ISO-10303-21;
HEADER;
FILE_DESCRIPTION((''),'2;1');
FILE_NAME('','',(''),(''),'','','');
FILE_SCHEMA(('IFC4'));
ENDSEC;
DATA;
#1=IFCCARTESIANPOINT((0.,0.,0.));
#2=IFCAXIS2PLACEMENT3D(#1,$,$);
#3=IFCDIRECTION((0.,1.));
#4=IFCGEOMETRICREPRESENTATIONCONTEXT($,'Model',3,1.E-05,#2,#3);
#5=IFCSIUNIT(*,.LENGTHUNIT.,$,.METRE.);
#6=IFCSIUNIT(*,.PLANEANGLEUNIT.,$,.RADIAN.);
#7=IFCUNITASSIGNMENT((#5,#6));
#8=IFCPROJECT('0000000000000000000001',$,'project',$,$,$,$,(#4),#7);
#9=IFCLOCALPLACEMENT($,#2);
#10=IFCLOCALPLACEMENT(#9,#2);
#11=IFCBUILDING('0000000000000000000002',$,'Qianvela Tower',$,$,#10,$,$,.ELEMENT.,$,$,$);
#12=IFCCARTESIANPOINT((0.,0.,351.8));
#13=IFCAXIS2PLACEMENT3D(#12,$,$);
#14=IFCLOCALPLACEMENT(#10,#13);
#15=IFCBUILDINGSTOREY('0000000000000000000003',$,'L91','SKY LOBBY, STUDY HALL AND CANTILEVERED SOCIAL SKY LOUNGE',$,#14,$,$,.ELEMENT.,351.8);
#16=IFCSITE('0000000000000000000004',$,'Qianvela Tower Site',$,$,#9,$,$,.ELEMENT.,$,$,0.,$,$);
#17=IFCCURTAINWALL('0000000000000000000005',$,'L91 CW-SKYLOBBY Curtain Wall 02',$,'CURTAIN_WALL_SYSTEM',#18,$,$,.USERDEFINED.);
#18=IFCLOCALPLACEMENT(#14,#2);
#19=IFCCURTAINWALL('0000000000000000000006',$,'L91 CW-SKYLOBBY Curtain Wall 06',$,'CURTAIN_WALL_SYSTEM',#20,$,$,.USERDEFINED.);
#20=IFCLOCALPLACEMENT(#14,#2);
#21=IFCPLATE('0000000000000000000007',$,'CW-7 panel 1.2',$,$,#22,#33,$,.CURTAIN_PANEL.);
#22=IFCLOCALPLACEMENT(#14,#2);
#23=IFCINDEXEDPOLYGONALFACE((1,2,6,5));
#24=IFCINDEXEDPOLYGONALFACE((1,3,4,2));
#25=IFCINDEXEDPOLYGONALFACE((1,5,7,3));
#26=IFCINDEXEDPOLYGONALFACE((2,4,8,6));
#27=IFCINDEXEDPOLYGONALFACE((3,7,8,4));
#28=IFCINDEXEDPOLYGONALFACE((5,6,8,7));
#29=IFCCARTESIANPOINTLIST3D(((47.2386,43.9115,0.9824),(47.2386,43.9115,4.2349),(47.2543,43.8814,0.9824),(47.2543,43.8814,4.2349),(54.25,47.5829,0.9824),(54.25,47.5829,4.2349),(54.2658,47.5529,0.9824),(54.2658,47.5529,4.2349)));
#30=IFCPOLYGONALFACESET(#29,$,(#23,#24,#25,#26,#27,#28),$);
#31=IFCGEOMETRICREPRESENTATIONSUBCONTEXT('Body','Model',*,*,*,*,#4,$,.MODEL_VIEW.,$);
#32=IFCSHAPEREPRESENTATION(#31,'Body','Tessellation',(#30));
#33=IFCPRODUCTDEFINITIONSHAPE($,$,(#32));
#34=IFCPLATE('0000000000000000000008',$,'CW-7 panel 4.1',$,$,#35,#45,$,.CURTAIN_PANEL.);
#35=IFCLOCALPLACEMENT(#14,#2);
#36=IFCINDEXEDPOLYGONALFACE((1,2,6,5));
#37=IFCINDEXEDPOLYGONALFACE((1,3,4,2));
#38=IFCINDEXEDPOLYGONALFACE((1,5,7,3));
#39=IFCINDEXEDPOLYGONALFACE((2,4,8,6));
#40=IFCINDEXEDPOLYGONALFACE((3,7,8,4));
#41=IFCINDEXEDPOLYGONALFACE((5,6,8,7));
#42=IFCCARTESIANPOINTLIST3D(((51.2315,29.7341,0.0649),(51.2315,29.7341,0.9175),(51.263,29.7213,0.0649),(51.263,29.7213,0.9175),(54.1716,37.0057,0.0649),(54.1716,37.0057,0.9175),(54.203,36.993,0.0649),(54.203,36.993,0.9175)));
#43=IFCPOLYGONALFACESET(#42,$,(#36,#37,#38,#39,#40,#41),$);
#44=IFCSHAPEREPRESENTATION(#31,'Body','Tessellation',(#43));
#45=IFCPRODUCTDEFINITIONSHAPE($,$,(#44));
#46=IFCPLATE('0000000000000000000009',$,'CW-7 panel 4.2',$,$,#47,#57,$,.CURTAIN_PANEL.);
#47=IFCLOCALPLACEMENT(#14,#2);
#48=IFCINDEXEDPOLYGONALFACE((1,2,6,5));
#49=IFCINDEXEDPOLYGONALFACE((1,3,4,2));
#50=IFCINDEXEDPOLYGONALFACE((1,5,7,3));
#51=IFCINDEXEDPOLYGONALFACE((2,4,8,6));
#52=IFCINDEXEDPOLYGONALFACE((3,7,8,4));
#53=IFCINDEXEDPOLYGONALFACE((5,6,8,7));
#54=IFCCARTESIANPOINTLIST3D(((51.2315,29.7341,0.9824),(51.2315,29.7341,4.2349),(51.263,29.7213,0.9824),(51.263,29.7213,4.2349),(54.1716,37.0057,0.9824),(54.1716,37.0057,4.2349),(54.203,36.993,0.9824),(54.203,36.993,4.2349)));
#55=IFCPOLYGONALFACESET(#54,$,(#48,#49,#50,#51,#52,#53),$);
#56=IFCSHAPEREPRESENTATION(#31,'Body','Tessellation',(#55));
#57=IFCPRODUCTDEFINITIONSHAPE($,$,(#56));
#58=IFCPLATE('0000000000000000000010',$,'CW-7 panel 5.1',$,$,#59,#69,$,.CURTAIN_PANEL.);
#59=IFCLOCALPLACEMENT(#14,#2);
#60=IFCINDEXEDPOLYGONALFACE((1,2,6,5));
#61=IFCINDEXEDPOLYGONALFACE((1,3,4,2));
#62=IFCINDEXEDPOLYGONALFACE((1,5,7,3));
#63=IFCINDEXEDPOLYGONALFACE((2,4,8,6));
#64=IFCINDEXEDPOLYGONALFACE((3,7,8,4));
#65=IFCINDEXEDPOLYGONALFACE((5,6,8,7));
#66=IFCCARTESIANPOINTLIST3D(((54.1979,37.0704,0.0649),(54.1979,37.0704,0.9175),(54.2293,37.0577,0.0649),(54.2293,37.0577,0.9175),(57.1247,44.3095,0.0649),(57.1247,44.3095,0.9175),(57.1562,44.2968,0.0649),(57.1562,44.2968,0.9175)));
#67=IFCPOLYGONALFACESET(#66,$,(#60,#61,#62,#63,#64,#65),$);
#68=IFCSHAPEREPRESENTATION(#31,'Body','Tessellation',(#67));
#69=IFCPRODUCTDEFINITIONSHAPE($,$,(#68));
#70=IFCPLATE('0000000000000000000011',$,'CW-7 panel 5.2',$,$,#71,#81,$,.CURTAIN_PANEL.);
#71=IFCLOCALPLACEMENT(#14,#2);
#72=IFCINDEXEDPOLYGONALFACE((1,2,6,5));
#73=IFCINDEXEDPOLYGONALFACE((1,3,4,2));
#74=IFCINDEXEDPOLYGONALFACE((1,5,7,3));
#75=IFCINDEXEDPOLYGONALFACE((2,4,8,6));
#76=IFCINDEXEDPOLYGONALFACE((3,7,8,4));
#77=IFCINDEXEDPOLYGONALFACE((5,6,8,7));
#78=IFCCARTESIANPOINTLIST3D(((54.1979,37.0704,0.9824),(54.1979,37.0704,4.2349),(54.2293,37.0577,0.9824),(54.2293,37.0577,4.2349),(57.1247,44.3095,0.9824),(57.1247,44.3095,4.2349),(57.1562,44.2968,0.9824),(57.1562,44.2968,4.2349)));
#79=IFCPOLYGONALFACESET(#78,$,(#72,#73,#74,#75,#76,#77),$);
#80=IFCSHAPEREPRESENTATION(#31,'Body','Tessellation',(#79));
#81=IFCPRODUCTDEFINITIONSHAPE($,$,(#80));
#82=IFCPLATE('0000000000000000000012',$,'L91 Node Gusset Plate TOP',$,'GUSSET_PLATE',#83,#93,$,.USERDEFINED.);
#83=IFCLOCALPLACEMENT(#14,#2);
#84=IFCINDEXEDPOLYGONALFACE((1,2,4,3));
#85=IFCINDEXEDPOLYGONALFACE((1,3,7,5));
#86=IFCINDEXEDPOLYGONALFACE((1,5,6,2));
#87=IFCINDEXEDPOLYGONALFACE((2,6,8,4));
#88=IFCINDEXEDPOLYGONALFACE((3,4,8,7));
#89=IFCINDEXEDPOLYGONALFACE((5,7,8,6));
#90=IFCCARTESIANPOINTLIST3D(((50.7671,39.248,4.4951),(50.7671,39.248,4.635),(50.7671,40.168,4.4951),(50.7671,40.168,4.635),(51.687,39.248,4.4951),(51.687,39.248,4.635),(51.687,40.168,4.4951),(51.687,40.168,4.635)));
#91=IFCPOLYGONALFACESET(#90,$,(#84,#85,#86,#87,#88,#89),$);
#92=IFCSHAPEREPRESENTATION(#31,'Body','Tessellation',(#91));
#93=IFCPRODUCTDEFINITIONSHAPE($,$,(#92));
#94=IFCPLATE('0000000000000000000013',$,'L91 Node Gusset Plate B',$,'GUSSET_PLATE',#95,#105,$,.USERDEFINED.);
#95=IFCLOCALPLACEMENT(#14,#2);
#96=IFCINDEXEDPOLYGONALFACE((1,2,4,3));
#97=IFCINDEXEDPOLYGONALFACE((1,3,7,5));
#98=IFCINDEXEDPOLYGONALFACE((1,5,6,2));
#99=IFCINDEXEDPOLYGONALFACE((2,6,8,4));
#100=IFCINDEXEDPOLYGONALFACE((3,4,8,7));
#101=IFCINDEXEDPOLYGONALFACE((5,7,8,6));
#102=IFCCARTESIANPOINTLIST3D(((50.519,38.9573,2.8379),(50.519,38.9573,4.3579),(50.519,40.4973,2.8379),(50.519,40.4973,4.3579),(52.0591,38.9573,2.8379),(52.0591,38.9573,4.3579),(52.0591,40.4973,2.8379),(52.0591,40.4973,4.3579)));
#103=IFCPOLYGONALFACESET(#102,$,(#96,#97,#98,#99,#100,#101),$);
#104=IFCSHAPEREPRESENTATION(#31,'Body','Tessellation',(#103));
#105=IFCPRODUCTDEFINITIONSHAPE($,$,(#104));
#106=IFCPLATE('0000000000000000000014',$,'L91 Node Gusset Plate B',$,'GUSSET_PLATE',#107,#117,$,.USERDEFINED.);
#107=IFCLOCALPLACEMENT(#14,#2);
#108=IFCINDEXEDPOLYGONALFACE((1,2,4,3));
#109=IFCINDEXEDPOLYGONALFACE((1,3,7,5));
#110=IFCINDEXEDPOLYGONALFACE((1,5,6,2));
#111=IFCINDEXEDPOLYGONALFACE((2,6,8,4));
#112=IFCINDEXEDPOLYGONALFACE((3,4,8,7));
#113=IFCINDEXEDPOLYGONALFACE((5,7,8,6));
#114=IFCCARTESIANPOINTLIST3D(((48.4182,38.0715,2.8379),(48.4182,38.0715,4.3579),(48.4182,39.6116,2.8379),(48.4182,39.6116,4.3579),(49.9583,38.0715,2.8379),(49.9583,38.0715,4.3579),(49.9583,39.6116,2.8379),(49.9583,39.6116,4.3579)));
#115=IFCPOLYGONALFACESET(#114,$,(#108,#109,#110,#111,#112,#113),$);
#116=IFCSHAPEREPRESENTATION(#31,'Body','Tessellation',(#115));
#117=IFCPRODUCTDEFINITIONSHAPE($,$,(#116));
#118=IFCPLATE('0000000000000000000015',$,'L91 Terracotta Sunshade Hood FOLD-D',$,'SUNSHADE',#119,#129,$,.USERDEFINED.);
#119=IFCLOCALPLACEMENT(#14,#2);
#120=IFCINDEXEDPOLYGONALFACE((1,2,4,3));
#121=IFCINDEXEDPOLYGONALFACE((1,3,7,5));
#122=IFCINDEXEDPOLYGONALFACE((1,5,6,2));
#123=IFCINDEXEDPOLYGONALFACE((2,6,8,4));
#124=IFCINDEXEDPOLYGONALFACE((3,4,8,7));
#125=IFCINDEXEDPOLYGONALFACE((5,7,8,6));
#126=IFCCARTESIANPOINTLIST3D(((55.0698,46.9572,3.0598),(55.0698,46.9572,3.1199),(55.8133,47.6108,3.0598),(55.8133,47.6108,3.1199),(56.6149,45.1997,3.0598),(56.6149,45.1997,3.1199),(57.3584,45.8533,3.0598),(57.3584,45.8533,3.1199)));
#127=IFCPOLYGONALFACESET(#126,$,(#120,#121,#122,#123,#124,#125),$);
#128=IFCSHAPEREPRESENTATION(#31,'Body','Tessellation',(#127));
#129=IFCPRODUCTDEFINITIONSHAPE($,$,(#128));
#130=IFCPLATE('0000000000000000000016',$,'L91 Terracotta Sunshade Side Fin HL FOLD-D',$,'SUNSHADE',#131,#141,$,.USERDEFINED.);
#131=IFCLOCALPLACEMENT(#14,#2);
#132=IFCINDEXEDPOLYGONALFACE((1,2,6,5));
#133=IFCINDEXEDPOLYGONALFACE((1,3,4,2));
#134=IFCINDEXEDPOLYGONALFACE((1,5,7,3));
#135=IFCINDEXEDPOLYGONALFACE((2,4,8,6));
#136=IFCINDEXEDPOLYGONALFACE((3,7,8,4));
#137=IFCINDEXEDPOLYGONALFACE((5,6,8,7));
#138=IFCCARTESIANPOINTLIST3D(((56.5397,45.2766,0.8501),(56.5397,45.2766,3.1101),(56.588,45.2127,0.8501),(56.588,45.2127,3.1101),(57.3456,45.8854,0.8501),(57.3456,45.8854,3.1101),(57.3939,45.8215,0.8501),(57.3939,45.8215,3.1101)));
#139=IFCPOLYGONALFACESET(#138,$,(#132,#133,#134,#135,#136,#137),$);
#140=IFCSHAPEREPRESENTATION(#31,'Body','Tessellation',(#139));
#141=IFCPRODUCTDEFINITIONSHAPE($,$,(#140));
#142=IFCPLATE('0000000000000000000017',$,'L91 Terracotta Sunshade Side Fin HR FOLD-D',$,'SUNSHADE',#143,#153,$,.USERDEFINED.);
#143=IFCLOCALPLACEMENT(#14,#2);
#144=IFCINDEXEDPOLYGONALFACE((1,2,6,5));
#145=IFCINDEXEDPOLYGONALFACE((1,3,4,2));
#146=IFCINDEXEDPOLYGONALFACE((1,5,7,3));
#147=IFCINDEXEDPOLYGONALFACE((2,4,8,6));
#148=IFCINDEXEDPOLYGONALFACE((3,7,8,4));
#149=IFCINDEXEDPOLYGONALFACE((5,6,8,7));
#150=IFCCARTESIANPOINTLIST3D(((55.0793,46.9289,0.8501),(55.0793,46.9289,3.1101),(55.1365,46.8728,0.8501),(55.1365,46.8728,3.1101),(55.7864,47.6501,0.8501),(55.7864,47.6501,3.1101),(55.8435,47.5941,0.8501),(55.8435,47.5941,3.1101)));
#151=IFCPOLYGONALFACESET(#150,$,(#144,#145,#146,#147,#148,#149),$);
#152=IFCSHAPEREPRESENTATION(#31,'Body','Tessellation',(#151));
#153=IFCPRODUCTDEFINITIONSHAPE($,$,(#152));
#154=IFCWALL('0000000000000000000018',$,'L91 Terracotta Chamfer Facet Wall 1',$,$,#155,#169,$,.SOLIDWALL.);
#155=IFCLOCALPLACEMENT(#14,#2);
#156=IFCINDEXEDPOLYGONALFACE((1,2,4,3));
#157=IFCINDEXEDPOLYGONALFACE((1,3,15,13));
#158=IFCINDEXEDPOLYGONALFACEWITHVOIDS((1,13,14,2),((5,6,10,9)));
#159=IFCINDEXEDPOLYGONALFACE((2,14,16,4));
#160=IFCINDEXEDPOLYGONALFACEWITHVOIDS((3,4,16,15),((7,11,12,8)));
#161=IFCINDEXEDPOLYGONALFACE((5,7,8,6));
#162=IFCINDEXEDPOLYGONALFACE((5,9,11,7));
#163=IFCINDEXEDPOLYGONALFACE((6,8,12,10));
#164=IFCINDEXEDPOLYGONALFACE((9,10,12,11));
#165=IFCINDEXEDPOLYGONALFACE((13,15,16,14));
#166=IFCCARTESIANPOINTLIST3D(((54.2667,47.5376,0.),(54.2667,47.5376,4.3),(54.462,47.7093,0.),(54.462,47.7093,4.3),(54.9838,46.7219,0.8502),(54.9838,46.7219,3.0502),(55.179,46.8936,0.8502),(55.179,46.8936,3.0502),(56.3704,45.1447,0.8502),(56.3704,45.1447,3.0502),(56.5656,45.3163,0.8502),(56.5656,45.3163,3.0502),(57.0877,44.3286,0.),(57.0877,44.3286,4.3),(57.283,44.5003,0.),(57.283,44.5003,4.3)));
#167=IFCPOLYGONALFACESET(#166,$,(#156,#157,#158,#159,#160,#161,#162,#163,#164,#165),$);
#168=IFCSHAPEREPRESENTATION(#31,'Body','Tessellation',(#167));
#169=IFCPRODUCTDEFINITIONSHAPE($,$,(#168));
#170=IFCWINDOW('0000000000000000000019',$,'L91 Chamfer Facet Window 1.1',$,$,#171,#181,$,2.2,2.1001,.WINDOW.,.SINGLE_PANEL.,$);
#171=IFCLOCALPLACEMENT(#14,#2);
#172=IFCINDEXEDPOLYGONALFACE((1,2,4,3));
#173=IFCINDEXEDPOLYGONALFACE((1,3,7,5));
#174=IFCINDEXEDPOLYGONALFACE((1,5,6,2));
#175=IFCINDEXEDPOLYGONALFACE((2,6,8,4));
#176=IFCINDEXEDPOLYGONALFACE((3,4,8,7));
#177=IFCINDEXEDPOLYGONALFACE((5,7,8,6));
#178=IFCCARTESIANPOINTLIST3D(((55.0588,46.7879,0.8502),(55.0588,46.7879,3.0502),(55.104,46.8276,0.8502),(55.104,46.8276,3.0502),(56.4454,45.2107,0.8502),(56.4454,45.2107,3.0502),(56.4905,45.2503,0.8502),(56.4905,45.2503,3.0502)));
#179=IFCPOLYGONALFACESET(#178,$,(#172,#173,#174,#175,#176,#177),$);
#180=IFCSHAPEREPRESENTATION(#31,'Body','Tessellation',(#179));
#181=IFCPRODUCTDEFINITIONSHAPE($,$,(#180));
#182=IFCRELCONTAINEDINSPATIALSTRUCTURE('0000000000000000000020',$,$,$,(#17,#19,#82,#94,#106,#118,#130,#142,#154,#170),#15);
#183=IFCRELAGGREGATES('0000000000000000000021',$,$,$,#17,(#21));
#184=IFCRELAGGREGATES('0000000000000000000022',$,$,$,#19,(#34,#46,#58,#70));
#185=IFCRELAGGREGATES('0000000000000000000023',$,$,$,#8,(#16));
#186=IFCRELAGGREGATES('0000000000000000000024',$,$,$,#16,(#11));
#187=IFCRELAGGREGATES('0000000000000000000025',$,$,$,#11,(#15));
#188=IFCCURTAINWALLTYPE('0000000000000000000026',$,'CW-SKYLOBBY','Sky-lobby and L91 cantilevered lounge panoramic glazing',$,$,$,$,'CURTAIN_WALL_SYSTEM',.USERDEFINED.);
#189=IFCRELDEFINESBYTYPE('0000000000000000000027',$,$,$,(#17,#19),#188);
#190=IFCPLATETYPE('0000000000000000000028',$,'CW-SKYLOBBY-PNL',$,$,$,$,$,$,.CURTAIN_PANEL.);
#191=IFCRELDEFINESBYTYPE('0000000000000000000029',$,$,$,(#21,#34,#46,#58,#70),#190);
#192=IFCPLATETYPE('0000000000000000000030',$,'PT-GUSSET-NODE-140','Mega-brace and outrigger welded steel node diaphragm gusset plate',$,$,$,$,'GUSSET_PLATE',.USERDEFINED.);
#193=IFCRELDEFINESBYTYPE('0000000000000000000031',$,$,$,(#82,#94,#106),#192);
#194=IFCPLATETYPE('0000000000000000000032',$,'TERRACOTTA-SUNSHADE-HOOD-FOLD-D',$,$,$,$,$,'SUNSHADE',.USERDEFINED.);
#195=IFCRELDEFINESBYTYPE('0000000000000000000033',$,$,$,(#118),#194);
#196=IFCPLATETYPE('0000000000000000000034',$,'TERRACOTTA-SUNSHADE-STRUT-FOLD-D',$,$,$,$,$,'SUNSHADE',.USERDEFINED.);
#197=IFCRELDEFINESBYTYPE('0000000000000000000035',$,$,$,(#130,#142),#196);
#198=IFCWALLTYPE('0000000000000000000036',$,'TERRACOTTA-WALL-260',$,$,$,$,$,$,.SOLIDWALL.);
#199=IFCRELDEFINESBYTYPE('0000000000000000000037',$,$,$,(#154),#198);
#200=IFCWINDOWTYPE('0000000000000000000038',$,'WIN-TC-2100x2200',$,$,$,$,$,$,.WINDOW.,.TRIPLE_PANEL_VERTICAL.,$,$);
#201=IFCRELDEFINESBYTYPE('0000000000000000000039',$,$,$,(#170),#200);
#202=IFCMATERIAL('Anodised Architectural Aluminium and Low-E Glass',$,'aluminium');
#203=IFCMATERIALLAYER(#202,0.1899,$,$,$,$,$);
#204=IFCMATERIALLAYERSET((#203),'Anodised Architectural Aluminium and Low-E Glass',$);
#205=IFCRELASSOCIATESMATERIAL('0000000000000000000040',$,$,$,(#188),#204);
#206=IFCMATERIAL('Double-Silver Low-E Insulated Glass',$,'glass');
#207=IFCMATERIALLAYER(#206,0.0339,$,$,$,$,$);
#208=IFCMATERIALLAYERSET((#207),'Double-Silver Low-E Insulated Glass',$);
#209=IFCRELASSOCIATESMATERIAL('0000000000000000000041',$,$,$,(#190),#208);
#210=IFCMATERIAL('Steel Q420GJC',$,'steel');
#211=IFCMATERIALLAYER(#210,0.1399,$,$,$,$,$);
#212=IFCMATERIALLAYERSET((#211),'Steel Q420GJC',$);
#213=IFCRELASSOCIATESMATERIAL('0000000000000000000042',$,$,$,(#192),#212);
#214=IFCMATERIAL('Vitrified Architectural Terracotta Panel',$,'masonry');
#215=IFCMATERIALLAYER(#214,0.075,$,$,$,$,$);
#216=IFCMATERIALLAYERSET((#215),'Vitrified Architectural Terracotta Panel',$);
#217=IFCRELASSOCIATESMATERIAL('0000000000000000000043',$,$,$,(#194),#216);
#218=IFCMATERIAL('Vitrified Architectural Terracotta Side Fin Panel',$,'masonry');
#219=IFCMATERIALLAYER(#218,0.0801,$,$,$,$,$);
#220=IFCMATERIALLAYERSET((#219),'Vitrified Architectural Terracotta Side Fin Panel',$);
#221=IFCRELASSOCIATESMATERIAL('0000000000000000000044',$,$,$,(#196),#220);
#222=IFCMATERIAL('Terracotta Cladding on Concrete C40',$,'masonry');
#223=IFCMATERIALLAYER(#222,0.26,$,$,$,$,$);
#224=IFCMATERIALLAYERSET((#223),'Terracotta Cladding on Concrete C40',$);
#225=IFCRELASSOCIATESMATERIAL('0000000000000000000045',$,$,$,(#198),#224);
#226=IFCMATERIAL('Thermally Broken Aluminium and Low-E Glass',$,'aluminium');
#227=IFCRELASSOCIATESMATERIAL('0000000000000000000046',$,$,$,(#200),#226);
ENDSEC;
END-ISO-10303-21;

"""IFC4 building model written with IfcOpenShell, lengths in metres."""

from ifc_helpers import new_model, si_unit, direction, frame, frame_2d, origin, origin_2d, place, context, subcontext, project, spatial, rectangle, extrude, material, layer, layer_set, type_object, element, fill, aggregate, save


model = new_model("IFC4")

# Units and contexts
model_context = context("Model", 3, precision=1e-05, world=origin(), true_north=direction((0.0, 1.0)))
body_context = subcontext(model_context, "Body", "Model", "MODEL_VIEW")
ifc_project = project(units=[si_unit("LENGTHUNIT", "METRE"), si_unit("PLANEANGLEUNIT", "RADIAN")], contexts=[model_context])

# Site, building, storey
site_placement = place(None, origin())
site = spatial("IfcSite", under=ifc_project, at=site_placement, Name="Qianvela Tower Site", CompositionType="ELEMENT", RefElevation=0.0)
building_placement = place(site_placement, origin())
building = spatial("IfcBuilding", under=site, at=building_placement, Name="Qianvela Tower", CompositionType="ELEMENT")
storey_placement = place(building_placement, frame((0.0, 0.0, 351.8)))
storey = spatial("IfcBuildingStorey", under=building, at=storey_placement, Name="L91", Description="SKY LOBBY, STUDY HALL AND CANTILEVERED SOCIAL SKY LOUNGE", CompositionType="ELEMENT", Elevation=351.8)

# Curtain walls
ifc_material_1 = material(Name="Anodised Architectural Aluminium and Low-E Glass", Category="aluminium")
ifc_layer_1 = layer(ifc_material_1, 0.1899)
ifc_layer_set_1 = layer_set([ifc_layer_1], Name="Anodised Architectural Aluminium and Low-E Glass")
curtain_wall_type = type_object("IfcCurtainWallType", Name="CW-SKYLOBBY", Description="Sky-lobby and L91 cantilevered lounge panoramic glazing", ElementType="CURTAIN_WALL_SYSTEM", PredefinedType="USERDEFINED", material=ifc_layer_set_1)
curtain_wall_1_placement = place(storey_placement, origin())
curtain_wall_1 = element("IfcCurtainWall", 1, at=curtain_wall_1_placement, inside=storey, type_object=curtain_wall_type, Name="L91 CW-SKYLOBBY Curtain Wall 02", ObjectType="CURTAIN_WALL_SYSTEM", PredefinedType="USERDEFINED")
curtain_wall_2_placement = place(storey_placement, origin())
curtain_wall_2 = element("IfcCurtainWall", 2, at=curtain_wall_2_placement, inside=storey, type_object=curtain_wall_type, Name="L91 CW-SKYLOBBY Curtain Wall 06", ObjectType="CURTAIN_WALL_SYSTEM", PredefinedType="USERDEFINED")

# Plates
ifc_material_2 = material(Name="Double-Silver Low-E Insulated Glass", Category="glass")
ifc_layer_2 = layer(ifc_material_2, 0.0339)
ifc_layer_set_2 = layer_set([ifc_layer_2], Name="Double-Silver Low-E Insulated Glass")
plate_type_1 = type_object("IfcPlateType", Name="CW-SKYLOBBY-PNL", PredefinedType="CURTAIN_PANEL", material=ifc_layer_set_2)
plate_1_placement = place(storey_placement, frame((50.7522, 45.7322, 0.9824), z_axis=(0.0, 0.0, 1.0), x_axis=(-0.885893, -0.46389, 0.0)))
plate_1 = element("IfcPlate", 3, at=plate_1_placement, type_object=plate_type_1, Name="CW-7 panel 1.2", PredefinedType="CURTAIN_PANEL", context=body_context, shape_type="SweptSolid", body=[
    extrude(rectangle(XDim=7.9146, YDim=0.0339, at=origin_2d()), origin(), (0.0, 0.0, 1.0), 3.2524),
])
aggregate(curtain_wall_1, [plate_1])
plate_2_placement = place(storey_placement, frame((52.7173, 33.3635, 0.0649), z_axis=(0.0, 0.0, 1.0), x_axis=(0.374834, 0.927092, 0.0)))
plate_2 = element("IfcPlate", 4, at=plate_2_placement, type_object=plate_type_1, Name="CW-7 panel 4.1", PredefinedType="CURTAIN_PANEL", context=body_context, shape_type="SweptSolid", body=[
    extrude(rectangle(XDim=7.8435, YDim=0.0339, at=origin_2d()), origin(), (0.0, 0.0, 1.0), 0.8525),
])
plate_3_placement = place(storey_placement, frame((52.7173, 33.3635, 0.9824), z_axis=(0.0, 0.0, 1.0), x_axis=(0.374834, 0.927092, 0.0)))
plate_3 = element("IfcPlate", 5, at=plate_3_placement, type_object=plate_type_1, Name="CW-7 panel 4.2", PredefinedType="CURTAIN_PANEL", context=body_context, shape_type="SweptSolid", body=[
    extrude(rectangle(XDim=7.8435, YDim=0.0339, at=origin_2d()), origin(), (0.0, 0.0, 1.0), 3.2524),
])
plate_4_placement = place(storey_placement, frame((55.677, 40.6836, 0.0649), z_axis=(0.0, 0.0, 1.0), x_axis=(0.374834, 0.927092, 0.0)))
plate_4 = element("IfcPlate", 6, at=plate_4_placement, type_object=plate_type_1, Name="CW-7 panel 5.1", PredefinedType="CURTAIN_PANEL", context=body_context, shape_type="SweptSolid", body=[
    extrude(rectangle(XDim=7.8083, YDim=0.0339, at=origin_2d()), origin(), (0.0, 0.0, 1.0), 0.8525),
])
plate_5_placement = place(storey_placement, frame((55.677, 40.6836, 0.9824), z_axis=(0.0, 0.0, 1.0), x_axis=(0.374834, 0.927092, 0.0)))
plate_5 = element("IfcPlate", 7, at=plate_5_placement, type_object=plate_type_1, Name="CW-7 panel 5.2", PredefinedType="CURTAIN_PANEL", context=body_context, shape_type="SweptSolid", body=[
    extrude(rectangle(XDim=7.8083, YDim=0.0339, at=origin_2d()), origin(), (0.0, 0.0, 1.0), 3.2524),
])
aggregate(curtain_wall_2, [plate_2, plate_3, plate_4, plate_5])

# Plates
ifc_material_3 = material(Name="Steel Q420GJC", Category="steel")
ifc_layer_3 = layer(ifc_material_3, 0.1399)
ifc_layer_set_3 = layer_set([ifc_layer_3], Name="Steel Q420GJC")
plate_type_2 = type_object("IfcPlateType", Name="PT-GUSSET-NODE-140", Description="Mega-brace and outrigger welded steel node diaphragm gusset plate", ElementType="GUSSET_PLATE", PredefinedType="USERDEFINED", material=ifc_layer_set_3)
plate_6_placement = place(storey_placement, frame((51.2271, 39.708, 4.4951), z_axis=(0.0, 0.0, 1.0), x_axis=(1.0, 0.0, 0.0)))
element("IfcPlate", 8, at=plate_6_placement, inside=storey, type_object=plate_type_2, Name="L91 Node Gusset Plate TOP", ObjectType="GUSSET_PLATE", PredefinedType="USERDEFINED", context=body_context, shape_type="SweptSolid", body=[
    extrude(rectangle(XDim=0.9199, YDim=0.9199, at=origin_2d()), origin(), (0.0, 0.0, 1.0), 0.1399),
])
for number, where, z_axis, x_axis, name in (
    (9, (51.2891, 39.7273, 2.8379), (0.0, 0.0, 1.0), (1.0, 0.0, 0.0), "L91 Node Gusset Plate B"),
    (10, (49.1882, 38.8416, 2.8379), (0.0, 0.0, 1.0), (1.0, 0.0, 0.0), "L91 Node Gusset Plate B"),
):
    element("IfcPlate", number, at=place(storey_placement, frame(where, z_axis=z_axis, x_axis=x_axis)), inside=storey, type_object=plate_type_2, Name=name, ObjectType="GUSSET_PLATE", PredefinedType="USERDEFINED", context=body_context, shape_type="SweptSolid", body=[
        extrude(rectangle(XDim=1.54, YDim=1.54, at=origin_2d()), origin(), (0.0, 0.0, 1.0), 1.52),
    ])
ifc_material_4 = material(Name="Vitrified Architectural Terracotta Panel", Category="masonry")
ifc_layer_4 = layer(ifc_material_4, 0.075)
ifc_layer_set_4 = layer_set([ifc_layer_4], Name="Vitrified Architectural Terracotta Panel")
plate_type_3 = type_object("IfcPlateType", Name="TERRACOTTA-SUNSHADE-HOOD-FOLD-D", ElementType="SUNSHADE", PredefinedType="USERDEFINED", material=ifc_layer_set_4)
plate_7_placement = place(storey_placement, frame((56.2141, 46.4053, 3.0598), z_axis=(0.0, 0.0, 1.0), x_axis=(-0.660256, 0.751041, 0.0)))
element("IfcPlate", 11, at=plate_7_placement, inside=storey, type_object=plate_type_3, Name="L91 Terracotta Sunshade Hood FOLD-D", ObjectType="SUNSHADE", PredefinedType="USERDEFINED", context=body_context, shape_type="SweptSolid", body=[
    extrude(rectangle(XDim=2.3401, YDim=0.99, at=origin_2d()), origin(), (0.0, 0.0, 1.0), 0.0601),
])
ifc_material_5 = material(Name="Vitrified Architectural Terracotta Side Fin Panel", Category="masonry")
ifc_layer_5 = layer(ifc_material_5, 0.0801)
ifc_layer_set_5 = layer_set([ifc_layer_5], Name="Vitrified Architectural Terracotta Side Fin Panel")
plate_type_4 = type_object("IfcPlateType", Name="TERRACOTTA-SUNSHADE-STRUT-FOLD-D", ElementType="SUNSHADE", PredefinedType="USERDEFINED", material=ifc_layer_set_5)
for number, where, z_axis, x_axis, name in (
    (12, (56.9668, 45.5491, 0.8501), (0.0, 0.0, 1.0), (-0.602782, 0.797906, 0.0), "L91 Terracotta Sunshade Side Fin HL FOLD-D"),
    (13, (55.4614, 47.2615, 0.8501), (0.0, 0.0, 1.0), (-0.714099, 0.700045, 0.0), "L91 Terracotta Sunshade Side Fin HR FOLD-D"),
):
    element("IfcPlate", number, at=place(storey_placement, frame(where, z_axis=z_axis, x_axis=x_axis)), inside=storey, type_object=plate_type_4, Name=name, ObjectType="SUNSHADE", PredefinedType="USERDEFINED", context=body_context, shape_type="SweptSolid", body=[
        extrude(rectangle(XDim=0.0801, YDim=1.01, at=origin_2d()), origin(), (0.0, 0.0, 1.0), 2.26),
    ])

# Wall, opening, window
ifc_material_6 = material(Name="Terracotta Cladding on Concrete C40", Category="masonry")
ifc_layer_6 = layer(ifc_material_6, 0.26)
ifc_layer_set_6 = layer_set([ifc_layer_6], Name="Terracotta Cladding on Concrete C40")
wall_type_1 = type_object("IfcWallType", Name="TERRACOTTA-WALL-260", PredefinedType="SOLIDWALL", material=ifc_layer_set_6)
wall_1_placement = place(storey_placement, frame((57.1853, 44.4146, 0.0), z_axis=(0.0, 0.0, 1.0), x_axis=(-0.66025, 0.751046, 0.0)))
wall_1 = element("IfcWall", 14, at=wall_1_placement, inside=storey, type_object=wall_type_1, Name="L91 Terracotta Chamfer Facet Wall 1", PredefinedType="SOLIDWALL", context=body_context, shape_type="SweptSolid", body=[
    extrude(rectangle(XDim=4.2727, YDim=0.26, at=frame_2d((2.1362, 0.0))), origin(), (0.0, 0.0, 1.0), 4.3),
])
opening_placement = place(wall_1_placement, frame((1.0864, 0.0, 0.8501)))
opening = element("IfcOpeningElement", 15, at=opening_placement, cuts=wall_1, PredefinedType="OPENING", context=body_context, shape_type="SweptSolid", body=[
    extrude(rectangle(XDim=2.1001, YDim=2.2, at=frame_2d((1.05, 1.1001))), frame((0.0, 0.1399, 0.0), z_axis=(0.0, -1.0, 0.0), x_axis=(1.0, 0.0, 0.0)), (0.0, 0.0, 1.0), 0.28),
])
ifc_material_7 = material(Name="Thermally Broken Aluminium and Low-E Glass", Category="aluminium")
window_type = type_object("IfcWindowType", Name="WIN-TC-2100x2200", PartitioningType="TRIPLE_PANEL_VERTICAL", PredefinedType="WINDOW", material=ifc_material_7)
window_placement = place(opening_placement, origin())
window = element("IfcWindow", 16, at=window_placement, inside=storey, type_object=window_type, Name="L91 Chamfer Facet Window 1.1", OverallHeight=2.2, OverallWidth=2.1001, PartitioningType="SINGLE_PANEL", PredefinedType="WINDOW", context=body_context, shape_type="SweptSolid", body=[
    extrude(rectangle(XDim=2.1001, YDim=2.2, at=frame_2d((1.05, 1.1001))), frame((0.0, 0.03, 0.0), z_axis=(0.0, -1.0, 0.0), x_axis=(1.0, 0.0, 0.0)), (0.0, 0.0, 1.0), 0.0601),
])
fill(opening, window)

save(model, "model.ifc")
